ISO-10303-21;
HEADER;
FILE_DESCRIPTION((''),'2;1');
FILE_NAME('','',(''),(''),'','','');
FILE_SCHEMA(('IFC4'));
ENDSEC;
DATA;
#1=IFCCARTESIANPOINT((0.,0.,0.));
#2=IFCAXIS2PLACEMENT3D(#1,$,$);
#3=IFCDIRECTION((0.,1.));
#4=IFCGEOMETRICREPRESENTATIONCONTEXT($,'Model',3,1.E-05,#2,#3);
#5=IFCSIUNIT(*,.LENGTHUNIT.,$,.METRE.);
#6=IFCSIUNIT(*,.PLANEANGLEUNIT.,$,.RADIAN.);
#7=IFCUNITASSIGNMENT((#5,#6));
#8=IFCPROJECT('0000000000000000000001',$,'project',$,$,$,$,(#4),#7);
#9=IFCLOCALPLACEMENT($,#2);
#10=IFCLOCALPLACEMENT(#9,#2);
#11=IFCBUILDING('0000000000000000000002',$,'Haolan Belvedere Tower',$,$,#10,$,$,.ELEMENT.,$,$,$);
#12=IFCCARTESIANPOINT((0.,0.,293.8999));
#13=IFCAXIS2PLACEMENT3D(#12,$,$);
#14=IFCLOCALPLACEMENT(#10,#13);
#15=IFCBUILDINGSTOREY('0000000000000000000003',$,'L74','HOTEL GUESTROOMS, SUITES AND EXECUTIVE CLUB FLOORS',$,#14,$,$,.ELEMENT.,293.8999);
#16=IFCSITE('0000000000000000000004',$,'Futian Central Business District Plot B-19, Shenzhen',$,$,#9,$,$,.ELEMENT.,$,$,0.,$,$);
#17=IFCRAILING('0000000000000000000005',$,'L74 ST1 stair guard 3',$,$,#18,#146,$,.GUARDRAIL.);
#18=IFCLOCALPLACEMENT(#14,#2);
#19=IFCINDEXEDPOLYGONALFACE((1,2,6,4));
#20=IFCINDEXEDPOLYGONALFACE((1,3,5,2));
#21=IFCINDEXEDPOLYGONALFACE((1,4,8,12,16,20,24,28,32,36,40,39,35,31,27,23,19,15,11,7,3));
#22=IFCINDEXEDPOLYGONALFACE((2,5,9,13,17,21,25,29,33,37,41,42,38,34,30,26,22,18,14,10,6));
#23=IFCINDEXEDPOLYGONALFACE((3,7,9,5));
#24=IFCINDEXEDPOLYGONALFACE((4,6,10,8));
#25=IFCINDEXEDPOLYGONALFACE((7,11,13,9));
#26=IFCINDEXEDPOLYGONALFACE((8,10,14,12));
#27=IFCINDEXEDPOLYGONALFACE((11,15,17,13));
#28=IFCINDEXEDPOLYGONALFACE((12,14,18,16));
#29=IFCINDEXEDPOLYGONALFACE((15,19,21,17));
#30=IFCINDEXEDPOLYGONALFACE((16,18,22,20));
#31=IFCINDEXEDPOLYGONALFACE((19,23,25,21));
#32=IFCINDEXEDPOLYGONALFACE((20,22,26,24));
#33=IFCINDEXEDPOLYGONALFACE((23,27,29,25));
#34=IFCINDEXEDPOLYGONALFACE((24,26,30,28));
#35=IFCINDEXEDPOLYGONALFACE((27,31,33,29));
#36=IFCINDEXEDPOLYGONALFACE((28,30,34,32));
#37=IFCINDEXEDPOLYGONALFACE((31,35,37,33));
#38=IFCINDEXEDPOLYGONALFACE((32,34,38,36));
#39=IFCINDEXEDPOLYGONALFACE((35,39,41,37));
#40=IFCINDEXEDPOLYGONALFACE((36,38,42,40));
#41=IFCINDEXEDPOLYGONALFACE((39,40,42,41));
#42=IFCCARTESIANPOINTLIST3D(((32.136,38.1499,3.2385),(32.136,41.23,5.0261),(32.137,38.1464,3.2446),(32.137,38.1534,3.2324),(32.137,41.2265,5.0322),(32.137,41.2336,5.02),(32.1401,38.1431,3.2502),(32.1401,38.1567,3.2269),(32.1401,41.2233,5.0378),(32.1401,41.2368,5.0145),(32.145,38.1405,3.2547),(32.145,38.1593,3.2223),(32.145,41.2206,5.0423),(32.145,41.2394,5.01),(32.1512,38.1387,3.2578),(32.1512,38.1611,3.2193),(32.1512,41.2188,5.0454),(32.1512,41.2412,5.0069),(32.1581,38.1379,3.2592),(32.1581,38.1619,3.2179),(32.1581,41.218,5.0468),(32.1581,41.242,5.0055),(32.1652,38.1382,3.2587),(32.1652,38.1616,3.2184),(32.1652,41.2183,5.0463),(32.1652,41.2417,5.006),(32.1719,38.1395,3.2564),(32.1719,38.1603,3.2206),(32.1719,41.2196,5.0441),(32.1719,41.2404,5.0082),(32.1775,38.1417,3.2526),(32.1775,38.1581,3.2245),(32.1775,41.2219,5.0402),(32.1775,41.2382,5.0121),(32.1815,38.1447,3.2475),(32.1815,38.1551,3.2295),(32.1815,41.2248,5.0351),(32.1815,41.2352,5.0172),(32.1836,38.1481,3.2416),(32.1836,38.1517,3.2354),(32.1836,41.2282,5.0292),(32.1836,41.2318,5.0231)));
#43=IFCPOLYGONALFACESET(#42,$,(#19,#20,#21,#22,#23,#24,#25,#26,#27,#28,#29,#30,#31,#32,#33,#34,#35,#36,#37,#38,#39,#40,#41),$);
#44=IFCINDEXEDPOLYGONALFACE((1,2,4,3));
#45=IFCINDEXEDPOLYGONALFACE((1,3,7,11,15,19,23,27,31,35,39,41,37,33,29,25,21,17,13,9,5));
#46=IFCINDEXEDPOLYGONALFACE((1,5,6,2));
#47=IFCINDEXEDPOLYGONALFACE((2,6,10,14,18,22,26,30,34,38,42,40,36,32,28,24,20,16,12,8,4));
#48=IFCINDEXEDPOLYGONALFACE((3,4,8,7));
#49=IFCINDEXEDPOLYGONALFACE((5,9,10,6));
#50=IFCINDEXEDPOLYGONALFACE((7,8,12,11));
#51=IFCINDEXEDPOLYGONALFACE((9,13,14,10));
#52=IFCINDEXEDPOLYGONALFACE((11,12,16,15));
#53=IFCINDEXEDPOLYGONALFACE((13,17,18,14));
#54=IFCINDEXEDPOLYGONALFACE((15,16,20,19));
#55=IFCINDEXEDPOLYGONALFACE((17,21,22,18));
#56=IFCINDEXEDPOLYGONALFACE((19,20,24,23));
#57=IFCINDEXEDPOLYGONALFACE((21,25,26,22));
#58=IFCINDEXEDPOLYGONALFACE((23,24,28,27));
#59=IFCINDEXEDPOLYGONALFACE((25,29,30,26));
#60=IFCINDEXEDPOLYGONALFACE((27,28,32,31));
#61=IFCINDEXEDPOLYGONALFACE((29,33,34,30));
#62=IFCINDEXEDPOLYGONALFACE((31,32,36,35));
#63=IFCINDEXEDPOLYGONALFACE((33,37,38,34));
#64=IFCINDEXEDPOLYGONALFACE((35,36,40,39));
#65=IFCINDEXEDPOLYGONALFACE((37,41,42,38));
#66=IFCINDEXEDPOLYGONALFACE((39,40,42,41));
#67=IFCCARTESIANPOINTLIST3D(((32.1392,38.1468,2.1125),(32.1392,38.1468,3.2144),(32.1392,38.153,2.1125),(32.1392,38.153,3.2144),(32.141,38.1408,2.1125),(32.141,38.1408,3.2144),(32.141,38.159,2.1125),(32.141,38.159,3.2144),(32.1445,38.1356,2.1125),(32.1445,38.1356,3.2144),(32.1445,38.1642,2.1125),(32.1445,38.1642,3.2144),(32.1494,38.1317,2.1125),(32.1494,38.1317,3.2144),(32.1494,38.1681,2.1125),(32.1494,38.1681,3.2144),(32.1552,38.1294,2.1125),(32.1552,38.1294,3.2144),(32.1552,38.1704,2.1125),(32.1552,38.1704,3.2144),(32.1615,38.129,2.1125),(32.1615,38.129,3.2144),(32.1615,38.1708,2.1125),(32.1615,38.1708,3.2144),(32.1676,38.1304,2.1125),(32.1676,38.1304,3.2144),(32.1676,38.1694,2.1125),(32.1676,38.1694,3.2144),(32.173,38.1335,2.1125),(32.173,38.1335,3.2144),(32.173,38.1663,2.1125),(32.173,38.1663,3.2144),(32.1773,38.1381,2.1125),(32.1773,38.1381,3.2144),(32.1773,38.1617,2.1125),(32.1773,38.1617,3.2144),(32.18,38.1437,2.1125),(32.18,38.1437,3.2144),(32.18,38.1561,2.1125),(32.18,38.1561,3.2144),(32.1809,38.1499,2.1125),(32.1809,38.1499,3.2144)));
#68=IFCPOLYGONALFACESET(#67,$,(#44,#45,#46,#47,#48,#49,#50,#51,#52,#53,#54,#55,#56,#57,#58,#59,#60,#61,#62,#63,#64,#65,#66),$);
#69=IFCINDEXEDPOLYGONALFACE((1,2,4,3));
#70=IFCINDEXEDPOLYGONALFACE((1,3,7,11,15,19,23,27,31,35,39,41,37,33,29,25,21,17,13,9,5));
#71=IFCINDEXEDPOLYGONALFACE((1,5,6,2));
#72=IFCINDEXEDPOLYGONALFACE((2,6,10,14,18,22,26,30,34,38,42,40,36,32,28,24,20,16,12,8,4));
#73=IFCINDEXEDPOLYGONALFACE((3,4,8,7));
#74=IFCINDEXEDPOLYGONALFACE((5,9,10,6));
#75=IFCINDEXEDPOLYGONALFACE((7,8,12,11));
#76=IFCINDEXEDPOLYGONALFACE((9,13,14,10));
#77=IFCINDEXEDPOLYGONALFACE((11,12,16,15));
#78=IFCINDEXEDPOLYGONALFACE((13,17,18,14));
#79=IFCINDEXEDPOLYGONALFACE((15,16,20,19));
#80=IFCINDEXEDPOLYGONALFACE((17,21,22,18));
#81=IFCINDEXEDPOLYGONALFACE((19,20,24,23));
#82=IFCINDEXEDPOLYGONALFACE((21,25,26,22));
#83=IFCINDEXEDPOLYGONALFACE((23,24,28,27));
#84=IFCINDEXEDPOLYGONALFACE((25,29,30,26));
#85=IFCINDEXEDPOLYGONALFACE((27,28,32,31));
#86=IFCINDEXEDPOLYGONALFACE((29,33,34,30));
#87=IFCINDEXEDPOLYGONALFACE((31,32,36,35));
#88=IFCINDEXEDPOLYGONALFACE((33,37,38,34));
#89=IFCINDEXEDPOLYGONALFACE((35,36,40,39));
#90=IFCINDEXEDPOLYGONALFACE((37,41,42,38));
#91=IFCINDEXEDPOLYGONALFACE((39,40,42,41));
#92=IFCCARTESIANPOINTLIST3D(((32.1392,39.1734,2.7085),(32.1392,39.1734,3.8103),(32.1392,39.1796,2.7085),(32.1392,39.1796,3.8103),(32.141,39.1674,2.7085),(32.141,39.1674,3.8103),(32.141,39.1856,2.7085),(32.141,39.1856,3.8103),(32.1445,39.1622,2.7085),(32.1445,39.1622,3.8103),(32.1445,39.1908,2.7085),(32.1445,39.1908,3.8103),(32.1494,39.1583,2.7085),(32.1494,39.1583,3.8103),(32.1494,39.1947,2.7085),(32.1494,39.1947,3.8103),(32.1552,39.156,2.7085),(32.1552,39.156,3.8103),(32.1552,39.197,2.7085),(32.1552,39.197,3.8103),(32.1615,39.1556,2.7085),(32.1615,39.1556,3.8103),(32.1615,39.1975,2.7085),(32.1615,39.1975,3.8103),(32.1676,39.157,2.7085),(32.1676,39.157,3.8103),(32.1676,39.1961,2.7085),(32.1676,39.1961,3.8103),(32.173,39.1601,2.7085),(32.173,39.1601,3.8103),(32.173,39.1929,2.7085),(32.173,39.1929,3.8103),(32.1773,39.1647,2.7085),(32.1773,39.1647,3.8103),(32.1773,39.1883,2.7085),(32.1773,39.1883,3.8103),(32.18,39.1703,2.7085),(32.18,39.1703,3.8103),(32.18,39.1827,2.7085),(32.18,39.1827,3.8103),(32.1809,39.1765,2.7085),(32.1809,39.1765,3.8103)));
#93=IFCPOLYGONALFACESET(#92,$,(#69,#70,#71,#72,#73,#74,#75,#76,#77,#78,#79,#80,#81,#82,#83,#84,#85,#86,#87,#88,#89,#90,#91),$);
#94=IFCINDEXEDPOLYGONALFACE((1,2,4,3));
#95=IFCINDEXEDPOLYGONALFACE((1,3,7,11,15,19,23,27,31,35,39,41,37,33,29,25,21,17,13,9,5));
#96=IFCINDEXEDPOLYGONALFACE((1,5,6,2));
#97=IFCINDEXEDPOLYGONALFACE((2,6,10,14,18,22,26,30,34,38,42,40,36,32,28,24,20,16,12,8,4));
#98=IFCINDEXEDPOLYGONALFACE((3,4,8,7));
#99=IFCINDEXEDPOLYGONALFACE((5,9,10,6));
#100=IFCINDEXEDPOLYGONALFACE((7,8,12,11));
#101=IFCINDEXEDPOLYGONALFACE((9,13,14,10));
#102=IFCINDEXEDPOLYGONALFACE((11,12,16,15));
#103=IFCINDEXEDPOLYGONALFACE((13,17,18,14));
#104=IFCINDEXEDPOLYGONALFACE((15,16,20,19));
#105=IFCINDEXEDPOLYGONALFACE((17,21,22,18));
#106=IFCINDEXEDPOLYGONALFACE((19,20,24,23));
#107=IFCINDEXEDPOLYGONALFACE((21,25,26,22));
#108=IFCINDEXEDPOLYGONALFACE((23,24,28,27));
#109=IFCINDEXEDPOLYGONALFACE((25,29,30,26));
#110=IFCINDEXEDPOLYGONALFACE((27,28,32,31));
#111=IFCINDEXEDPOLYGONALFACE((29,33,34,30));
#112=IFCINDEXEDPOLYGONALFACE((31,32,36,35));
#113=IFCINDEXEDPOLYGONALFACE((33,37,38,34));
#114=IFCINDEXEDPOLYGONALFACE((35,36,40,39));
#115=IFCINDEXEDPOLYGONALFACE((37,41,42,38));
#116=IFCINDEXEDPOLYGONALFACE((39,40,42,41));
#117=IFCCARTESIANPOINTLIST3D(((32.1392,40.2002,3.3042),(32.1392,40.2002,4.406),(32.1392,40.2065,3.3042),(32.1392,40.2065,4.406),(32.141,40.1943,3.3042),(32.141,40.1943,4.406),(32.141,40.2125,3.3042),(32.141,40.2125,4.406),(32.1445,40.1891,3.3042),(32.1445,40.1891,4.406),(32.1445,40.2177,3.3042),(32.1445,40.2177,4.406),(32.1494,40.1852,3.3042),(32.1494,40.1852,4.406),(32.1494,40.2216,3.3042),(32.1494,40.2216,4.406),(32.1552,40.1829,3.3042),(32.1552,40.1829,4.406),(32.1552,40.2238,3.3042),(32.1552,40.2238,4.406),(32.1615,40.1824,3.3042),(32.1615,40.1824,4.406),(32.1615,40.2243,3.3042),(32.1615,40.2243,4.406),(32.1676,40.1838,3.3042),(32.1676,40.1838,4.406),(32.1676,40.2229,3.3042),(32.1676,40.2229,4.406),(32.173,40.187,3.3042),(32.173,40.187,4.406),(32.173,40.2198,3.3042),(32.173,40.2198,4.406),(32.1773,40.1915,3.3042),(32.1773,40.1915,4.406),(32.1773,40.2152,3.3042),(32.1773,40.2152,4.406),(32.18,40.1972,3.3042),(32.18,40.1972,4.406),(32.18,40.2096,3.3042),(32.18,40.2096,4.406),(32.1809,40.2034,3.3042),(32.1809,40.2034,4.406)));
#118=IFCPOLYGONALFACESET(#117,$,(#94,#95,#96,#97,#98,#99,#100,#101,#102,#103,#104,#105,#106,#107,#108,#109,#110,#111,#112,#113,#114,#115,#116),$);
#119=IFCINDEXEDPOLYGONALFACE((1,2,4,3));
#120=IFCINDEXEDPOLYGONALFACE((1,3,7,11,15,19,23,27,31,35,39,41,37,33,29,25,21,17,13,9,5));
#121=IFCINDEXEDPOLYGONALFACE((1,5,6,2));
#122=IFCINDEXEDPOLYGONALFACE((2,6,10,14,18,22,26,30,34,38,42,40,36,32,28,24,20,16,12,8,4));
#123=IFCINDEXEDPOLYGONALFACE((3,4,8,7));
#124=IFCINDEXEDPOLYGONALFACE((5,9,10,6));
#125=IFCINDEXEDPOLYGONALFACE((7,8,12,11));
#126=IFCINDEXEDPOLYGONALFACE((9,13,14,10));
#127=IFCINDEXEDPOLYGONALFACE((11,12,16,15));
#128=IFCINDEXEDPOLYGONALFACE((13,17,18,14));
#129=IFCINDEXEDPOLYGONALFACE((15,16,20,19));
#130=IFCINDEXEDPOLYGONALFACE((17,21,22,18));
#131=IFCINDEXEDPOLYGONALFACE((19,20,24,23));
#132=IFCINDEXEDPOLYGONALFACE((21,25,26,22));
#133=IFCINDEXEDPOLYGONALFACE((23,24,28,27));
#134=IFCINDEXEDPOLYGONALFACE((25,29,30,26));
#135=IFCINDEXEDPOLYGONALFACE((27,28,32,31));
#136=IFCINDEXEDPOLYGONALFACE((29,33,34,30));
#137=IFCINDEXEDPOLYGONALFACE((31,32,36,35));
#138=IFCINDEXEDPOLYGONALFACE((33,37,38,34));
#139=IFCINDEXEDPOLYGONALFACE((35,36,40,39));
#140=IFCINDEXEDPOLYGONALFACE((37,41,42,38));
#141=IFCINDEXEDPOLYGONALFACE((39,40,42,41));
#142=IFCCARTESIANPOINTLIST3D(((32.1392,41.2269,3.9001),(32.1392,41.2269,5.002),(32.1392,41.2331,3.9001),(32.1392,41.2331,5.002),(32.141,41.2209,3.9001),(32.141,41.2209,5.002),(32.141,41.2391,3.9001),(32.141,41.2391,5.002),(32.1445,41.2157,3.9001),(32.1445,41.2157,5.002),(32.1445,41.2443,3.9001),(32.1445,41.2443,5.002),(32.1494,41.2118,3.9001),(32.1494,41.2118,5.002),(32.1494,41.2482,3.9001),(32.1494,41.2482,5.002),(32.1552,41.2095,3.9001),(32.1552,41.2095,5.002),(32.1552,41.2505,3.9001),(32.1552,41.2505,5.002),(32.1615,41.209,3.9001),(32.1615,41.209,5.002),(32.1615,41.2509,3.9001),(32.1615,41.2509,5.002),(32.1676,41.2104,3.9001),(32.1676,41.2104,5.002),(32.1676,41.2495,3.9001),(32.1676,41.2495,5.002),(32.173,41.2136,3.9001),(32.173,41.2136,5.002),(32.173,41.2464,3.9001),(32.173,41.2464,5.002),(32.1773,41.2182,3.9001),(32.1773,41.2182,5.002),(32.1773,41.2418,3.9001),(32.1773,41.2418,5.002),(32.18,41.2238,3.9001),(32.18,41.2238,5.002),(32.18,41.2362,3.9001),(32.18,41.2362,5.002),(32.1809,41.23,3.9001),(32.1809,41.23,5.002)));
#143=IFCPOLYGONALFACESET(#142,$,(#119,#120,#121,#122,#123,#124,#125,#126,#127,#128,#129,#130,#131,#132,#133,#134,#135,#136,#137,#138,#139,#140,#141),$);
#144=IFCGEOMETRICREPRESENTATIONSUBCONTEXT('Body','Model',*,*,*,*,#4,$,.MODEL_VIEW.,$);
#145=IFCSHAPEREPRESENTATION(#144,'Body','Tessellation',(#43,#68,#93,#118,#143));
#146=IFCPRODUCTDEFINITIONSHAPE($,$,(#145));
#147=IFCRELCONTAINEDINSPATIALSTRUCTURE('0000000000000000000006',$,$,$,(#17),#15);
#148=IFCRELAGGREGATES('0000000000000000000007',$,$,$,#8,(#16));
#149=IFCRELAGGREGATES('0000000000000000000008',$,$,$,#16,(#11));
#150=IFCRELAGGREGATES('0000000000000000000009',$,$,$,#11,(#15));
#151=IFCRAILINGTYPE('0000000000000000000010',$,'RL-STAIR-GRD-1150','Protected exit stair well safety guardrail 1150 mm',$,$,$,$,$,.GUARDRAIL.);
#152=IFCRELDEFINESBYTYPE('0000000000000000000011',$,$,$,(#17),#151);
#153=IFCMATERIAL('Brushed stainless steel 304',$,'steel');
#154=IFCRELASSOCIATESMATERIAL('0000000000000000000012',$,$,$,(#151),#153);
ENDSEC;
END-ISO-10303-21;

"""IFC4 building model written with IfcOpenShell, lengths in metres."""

from ifc_helpers import new_model, si_unit, direction, frame, origin, origin_2d, place, context, subcontext, project, spatial, circle, extrude, material, type_object, element, save


model = new_model("IFC4")

# Units and contexts
model_context = context("Model", 3, precision=1e-05, world=origin(), true_north=direction((0.0, 1.0)))
body_context = subcontext(model_context, "Body", "Model", "MODEL_VIEW")
ifc_project = project(units=[si_unit("LENGTHUNIT", "METRE"), si_unit("PLANEANGLEUNIT", "RADIAN")], contexts=[model_context])

# Site, building, storey
site_placement = place(None, origin())
site = spatial("IfcSite", under=ifc_project, at=site_placement, Name="Futian Central Business District Plot B-19, Shenzhen", CompositionType="ELEMENT", RefElevation=0.0)
building_placement = place(site_placement, origin())
building = spatial("IfcBuilding", under=site, at=building_placement, Name="Haolan Belvedere Tower", CompositionType="ELEMENT")
storey_placement = place(building_placement, frame((0.0, 0.0, 293.8999)))
storey = spatial("IfcBuildingStorey", under=building, at=storey_placement, Name="L74", Description="HOTEL GUESTROOMS, SUITES AND EXECUTIVE CLUB FLOORS", CompositionType="ELEMENT", Elevation=293.8999)

# Railing
ifc_material_1 = material(Name="Brushed stainless steel 304", Category="steel")
railing_type_1 = type_object("IfcRailingType", Name="RL-STAIR-GRD-1150", Description="Protected exit stair well safety guardrail 1150 mm", PredefinedType="GUARDRAIL", material=ifc_material_1)
railing_1_placement = place(storey_placement, frame((32.1599, 38.1499, 2.1125)))
element("IfcRailing", 1, at=railing_1_placement, inside=storey, type_object=railing_type_1, Name="L74 ST1 stair guard 3", PredefinedType="GUARDRAIL", context=body_context, shape_type="SweptSolid", body=[
    extrude(circle(Radius=0.0239, at=origin_2d()), frame((0.0, 0.0, 1.126), z_axis=(0.0, 0.864891, 0.50196), x_axis=(-1.0, 0.0, 0.0)), (0.0, 0.0, 1.0), 3.5613),
    extrude(circle(Radius=0.021, at=origin_2d()), origin(), (0.0, 0.0, 1.0), 1.1018),
    extrude(circle(Radius=0.021, at=origin_2d()), frame((0.0, 1.0266, 0.5959)), (0.0, 0.0, 1.0), 1.1018),
    extrude(circle(Radius=0.021, at=origin_2d()), frame((0.0, 2.0535, 1.1917)), (0.0, 0.0, 1.0), 1.1018),
    extrude(circle(Radius=0.021, at=origin_2d()), frame((0.0, 3.0801, 1.7876)), (0.0, 0.0, 1.0), 1.1018),
])

save(model, "model.ifc")
